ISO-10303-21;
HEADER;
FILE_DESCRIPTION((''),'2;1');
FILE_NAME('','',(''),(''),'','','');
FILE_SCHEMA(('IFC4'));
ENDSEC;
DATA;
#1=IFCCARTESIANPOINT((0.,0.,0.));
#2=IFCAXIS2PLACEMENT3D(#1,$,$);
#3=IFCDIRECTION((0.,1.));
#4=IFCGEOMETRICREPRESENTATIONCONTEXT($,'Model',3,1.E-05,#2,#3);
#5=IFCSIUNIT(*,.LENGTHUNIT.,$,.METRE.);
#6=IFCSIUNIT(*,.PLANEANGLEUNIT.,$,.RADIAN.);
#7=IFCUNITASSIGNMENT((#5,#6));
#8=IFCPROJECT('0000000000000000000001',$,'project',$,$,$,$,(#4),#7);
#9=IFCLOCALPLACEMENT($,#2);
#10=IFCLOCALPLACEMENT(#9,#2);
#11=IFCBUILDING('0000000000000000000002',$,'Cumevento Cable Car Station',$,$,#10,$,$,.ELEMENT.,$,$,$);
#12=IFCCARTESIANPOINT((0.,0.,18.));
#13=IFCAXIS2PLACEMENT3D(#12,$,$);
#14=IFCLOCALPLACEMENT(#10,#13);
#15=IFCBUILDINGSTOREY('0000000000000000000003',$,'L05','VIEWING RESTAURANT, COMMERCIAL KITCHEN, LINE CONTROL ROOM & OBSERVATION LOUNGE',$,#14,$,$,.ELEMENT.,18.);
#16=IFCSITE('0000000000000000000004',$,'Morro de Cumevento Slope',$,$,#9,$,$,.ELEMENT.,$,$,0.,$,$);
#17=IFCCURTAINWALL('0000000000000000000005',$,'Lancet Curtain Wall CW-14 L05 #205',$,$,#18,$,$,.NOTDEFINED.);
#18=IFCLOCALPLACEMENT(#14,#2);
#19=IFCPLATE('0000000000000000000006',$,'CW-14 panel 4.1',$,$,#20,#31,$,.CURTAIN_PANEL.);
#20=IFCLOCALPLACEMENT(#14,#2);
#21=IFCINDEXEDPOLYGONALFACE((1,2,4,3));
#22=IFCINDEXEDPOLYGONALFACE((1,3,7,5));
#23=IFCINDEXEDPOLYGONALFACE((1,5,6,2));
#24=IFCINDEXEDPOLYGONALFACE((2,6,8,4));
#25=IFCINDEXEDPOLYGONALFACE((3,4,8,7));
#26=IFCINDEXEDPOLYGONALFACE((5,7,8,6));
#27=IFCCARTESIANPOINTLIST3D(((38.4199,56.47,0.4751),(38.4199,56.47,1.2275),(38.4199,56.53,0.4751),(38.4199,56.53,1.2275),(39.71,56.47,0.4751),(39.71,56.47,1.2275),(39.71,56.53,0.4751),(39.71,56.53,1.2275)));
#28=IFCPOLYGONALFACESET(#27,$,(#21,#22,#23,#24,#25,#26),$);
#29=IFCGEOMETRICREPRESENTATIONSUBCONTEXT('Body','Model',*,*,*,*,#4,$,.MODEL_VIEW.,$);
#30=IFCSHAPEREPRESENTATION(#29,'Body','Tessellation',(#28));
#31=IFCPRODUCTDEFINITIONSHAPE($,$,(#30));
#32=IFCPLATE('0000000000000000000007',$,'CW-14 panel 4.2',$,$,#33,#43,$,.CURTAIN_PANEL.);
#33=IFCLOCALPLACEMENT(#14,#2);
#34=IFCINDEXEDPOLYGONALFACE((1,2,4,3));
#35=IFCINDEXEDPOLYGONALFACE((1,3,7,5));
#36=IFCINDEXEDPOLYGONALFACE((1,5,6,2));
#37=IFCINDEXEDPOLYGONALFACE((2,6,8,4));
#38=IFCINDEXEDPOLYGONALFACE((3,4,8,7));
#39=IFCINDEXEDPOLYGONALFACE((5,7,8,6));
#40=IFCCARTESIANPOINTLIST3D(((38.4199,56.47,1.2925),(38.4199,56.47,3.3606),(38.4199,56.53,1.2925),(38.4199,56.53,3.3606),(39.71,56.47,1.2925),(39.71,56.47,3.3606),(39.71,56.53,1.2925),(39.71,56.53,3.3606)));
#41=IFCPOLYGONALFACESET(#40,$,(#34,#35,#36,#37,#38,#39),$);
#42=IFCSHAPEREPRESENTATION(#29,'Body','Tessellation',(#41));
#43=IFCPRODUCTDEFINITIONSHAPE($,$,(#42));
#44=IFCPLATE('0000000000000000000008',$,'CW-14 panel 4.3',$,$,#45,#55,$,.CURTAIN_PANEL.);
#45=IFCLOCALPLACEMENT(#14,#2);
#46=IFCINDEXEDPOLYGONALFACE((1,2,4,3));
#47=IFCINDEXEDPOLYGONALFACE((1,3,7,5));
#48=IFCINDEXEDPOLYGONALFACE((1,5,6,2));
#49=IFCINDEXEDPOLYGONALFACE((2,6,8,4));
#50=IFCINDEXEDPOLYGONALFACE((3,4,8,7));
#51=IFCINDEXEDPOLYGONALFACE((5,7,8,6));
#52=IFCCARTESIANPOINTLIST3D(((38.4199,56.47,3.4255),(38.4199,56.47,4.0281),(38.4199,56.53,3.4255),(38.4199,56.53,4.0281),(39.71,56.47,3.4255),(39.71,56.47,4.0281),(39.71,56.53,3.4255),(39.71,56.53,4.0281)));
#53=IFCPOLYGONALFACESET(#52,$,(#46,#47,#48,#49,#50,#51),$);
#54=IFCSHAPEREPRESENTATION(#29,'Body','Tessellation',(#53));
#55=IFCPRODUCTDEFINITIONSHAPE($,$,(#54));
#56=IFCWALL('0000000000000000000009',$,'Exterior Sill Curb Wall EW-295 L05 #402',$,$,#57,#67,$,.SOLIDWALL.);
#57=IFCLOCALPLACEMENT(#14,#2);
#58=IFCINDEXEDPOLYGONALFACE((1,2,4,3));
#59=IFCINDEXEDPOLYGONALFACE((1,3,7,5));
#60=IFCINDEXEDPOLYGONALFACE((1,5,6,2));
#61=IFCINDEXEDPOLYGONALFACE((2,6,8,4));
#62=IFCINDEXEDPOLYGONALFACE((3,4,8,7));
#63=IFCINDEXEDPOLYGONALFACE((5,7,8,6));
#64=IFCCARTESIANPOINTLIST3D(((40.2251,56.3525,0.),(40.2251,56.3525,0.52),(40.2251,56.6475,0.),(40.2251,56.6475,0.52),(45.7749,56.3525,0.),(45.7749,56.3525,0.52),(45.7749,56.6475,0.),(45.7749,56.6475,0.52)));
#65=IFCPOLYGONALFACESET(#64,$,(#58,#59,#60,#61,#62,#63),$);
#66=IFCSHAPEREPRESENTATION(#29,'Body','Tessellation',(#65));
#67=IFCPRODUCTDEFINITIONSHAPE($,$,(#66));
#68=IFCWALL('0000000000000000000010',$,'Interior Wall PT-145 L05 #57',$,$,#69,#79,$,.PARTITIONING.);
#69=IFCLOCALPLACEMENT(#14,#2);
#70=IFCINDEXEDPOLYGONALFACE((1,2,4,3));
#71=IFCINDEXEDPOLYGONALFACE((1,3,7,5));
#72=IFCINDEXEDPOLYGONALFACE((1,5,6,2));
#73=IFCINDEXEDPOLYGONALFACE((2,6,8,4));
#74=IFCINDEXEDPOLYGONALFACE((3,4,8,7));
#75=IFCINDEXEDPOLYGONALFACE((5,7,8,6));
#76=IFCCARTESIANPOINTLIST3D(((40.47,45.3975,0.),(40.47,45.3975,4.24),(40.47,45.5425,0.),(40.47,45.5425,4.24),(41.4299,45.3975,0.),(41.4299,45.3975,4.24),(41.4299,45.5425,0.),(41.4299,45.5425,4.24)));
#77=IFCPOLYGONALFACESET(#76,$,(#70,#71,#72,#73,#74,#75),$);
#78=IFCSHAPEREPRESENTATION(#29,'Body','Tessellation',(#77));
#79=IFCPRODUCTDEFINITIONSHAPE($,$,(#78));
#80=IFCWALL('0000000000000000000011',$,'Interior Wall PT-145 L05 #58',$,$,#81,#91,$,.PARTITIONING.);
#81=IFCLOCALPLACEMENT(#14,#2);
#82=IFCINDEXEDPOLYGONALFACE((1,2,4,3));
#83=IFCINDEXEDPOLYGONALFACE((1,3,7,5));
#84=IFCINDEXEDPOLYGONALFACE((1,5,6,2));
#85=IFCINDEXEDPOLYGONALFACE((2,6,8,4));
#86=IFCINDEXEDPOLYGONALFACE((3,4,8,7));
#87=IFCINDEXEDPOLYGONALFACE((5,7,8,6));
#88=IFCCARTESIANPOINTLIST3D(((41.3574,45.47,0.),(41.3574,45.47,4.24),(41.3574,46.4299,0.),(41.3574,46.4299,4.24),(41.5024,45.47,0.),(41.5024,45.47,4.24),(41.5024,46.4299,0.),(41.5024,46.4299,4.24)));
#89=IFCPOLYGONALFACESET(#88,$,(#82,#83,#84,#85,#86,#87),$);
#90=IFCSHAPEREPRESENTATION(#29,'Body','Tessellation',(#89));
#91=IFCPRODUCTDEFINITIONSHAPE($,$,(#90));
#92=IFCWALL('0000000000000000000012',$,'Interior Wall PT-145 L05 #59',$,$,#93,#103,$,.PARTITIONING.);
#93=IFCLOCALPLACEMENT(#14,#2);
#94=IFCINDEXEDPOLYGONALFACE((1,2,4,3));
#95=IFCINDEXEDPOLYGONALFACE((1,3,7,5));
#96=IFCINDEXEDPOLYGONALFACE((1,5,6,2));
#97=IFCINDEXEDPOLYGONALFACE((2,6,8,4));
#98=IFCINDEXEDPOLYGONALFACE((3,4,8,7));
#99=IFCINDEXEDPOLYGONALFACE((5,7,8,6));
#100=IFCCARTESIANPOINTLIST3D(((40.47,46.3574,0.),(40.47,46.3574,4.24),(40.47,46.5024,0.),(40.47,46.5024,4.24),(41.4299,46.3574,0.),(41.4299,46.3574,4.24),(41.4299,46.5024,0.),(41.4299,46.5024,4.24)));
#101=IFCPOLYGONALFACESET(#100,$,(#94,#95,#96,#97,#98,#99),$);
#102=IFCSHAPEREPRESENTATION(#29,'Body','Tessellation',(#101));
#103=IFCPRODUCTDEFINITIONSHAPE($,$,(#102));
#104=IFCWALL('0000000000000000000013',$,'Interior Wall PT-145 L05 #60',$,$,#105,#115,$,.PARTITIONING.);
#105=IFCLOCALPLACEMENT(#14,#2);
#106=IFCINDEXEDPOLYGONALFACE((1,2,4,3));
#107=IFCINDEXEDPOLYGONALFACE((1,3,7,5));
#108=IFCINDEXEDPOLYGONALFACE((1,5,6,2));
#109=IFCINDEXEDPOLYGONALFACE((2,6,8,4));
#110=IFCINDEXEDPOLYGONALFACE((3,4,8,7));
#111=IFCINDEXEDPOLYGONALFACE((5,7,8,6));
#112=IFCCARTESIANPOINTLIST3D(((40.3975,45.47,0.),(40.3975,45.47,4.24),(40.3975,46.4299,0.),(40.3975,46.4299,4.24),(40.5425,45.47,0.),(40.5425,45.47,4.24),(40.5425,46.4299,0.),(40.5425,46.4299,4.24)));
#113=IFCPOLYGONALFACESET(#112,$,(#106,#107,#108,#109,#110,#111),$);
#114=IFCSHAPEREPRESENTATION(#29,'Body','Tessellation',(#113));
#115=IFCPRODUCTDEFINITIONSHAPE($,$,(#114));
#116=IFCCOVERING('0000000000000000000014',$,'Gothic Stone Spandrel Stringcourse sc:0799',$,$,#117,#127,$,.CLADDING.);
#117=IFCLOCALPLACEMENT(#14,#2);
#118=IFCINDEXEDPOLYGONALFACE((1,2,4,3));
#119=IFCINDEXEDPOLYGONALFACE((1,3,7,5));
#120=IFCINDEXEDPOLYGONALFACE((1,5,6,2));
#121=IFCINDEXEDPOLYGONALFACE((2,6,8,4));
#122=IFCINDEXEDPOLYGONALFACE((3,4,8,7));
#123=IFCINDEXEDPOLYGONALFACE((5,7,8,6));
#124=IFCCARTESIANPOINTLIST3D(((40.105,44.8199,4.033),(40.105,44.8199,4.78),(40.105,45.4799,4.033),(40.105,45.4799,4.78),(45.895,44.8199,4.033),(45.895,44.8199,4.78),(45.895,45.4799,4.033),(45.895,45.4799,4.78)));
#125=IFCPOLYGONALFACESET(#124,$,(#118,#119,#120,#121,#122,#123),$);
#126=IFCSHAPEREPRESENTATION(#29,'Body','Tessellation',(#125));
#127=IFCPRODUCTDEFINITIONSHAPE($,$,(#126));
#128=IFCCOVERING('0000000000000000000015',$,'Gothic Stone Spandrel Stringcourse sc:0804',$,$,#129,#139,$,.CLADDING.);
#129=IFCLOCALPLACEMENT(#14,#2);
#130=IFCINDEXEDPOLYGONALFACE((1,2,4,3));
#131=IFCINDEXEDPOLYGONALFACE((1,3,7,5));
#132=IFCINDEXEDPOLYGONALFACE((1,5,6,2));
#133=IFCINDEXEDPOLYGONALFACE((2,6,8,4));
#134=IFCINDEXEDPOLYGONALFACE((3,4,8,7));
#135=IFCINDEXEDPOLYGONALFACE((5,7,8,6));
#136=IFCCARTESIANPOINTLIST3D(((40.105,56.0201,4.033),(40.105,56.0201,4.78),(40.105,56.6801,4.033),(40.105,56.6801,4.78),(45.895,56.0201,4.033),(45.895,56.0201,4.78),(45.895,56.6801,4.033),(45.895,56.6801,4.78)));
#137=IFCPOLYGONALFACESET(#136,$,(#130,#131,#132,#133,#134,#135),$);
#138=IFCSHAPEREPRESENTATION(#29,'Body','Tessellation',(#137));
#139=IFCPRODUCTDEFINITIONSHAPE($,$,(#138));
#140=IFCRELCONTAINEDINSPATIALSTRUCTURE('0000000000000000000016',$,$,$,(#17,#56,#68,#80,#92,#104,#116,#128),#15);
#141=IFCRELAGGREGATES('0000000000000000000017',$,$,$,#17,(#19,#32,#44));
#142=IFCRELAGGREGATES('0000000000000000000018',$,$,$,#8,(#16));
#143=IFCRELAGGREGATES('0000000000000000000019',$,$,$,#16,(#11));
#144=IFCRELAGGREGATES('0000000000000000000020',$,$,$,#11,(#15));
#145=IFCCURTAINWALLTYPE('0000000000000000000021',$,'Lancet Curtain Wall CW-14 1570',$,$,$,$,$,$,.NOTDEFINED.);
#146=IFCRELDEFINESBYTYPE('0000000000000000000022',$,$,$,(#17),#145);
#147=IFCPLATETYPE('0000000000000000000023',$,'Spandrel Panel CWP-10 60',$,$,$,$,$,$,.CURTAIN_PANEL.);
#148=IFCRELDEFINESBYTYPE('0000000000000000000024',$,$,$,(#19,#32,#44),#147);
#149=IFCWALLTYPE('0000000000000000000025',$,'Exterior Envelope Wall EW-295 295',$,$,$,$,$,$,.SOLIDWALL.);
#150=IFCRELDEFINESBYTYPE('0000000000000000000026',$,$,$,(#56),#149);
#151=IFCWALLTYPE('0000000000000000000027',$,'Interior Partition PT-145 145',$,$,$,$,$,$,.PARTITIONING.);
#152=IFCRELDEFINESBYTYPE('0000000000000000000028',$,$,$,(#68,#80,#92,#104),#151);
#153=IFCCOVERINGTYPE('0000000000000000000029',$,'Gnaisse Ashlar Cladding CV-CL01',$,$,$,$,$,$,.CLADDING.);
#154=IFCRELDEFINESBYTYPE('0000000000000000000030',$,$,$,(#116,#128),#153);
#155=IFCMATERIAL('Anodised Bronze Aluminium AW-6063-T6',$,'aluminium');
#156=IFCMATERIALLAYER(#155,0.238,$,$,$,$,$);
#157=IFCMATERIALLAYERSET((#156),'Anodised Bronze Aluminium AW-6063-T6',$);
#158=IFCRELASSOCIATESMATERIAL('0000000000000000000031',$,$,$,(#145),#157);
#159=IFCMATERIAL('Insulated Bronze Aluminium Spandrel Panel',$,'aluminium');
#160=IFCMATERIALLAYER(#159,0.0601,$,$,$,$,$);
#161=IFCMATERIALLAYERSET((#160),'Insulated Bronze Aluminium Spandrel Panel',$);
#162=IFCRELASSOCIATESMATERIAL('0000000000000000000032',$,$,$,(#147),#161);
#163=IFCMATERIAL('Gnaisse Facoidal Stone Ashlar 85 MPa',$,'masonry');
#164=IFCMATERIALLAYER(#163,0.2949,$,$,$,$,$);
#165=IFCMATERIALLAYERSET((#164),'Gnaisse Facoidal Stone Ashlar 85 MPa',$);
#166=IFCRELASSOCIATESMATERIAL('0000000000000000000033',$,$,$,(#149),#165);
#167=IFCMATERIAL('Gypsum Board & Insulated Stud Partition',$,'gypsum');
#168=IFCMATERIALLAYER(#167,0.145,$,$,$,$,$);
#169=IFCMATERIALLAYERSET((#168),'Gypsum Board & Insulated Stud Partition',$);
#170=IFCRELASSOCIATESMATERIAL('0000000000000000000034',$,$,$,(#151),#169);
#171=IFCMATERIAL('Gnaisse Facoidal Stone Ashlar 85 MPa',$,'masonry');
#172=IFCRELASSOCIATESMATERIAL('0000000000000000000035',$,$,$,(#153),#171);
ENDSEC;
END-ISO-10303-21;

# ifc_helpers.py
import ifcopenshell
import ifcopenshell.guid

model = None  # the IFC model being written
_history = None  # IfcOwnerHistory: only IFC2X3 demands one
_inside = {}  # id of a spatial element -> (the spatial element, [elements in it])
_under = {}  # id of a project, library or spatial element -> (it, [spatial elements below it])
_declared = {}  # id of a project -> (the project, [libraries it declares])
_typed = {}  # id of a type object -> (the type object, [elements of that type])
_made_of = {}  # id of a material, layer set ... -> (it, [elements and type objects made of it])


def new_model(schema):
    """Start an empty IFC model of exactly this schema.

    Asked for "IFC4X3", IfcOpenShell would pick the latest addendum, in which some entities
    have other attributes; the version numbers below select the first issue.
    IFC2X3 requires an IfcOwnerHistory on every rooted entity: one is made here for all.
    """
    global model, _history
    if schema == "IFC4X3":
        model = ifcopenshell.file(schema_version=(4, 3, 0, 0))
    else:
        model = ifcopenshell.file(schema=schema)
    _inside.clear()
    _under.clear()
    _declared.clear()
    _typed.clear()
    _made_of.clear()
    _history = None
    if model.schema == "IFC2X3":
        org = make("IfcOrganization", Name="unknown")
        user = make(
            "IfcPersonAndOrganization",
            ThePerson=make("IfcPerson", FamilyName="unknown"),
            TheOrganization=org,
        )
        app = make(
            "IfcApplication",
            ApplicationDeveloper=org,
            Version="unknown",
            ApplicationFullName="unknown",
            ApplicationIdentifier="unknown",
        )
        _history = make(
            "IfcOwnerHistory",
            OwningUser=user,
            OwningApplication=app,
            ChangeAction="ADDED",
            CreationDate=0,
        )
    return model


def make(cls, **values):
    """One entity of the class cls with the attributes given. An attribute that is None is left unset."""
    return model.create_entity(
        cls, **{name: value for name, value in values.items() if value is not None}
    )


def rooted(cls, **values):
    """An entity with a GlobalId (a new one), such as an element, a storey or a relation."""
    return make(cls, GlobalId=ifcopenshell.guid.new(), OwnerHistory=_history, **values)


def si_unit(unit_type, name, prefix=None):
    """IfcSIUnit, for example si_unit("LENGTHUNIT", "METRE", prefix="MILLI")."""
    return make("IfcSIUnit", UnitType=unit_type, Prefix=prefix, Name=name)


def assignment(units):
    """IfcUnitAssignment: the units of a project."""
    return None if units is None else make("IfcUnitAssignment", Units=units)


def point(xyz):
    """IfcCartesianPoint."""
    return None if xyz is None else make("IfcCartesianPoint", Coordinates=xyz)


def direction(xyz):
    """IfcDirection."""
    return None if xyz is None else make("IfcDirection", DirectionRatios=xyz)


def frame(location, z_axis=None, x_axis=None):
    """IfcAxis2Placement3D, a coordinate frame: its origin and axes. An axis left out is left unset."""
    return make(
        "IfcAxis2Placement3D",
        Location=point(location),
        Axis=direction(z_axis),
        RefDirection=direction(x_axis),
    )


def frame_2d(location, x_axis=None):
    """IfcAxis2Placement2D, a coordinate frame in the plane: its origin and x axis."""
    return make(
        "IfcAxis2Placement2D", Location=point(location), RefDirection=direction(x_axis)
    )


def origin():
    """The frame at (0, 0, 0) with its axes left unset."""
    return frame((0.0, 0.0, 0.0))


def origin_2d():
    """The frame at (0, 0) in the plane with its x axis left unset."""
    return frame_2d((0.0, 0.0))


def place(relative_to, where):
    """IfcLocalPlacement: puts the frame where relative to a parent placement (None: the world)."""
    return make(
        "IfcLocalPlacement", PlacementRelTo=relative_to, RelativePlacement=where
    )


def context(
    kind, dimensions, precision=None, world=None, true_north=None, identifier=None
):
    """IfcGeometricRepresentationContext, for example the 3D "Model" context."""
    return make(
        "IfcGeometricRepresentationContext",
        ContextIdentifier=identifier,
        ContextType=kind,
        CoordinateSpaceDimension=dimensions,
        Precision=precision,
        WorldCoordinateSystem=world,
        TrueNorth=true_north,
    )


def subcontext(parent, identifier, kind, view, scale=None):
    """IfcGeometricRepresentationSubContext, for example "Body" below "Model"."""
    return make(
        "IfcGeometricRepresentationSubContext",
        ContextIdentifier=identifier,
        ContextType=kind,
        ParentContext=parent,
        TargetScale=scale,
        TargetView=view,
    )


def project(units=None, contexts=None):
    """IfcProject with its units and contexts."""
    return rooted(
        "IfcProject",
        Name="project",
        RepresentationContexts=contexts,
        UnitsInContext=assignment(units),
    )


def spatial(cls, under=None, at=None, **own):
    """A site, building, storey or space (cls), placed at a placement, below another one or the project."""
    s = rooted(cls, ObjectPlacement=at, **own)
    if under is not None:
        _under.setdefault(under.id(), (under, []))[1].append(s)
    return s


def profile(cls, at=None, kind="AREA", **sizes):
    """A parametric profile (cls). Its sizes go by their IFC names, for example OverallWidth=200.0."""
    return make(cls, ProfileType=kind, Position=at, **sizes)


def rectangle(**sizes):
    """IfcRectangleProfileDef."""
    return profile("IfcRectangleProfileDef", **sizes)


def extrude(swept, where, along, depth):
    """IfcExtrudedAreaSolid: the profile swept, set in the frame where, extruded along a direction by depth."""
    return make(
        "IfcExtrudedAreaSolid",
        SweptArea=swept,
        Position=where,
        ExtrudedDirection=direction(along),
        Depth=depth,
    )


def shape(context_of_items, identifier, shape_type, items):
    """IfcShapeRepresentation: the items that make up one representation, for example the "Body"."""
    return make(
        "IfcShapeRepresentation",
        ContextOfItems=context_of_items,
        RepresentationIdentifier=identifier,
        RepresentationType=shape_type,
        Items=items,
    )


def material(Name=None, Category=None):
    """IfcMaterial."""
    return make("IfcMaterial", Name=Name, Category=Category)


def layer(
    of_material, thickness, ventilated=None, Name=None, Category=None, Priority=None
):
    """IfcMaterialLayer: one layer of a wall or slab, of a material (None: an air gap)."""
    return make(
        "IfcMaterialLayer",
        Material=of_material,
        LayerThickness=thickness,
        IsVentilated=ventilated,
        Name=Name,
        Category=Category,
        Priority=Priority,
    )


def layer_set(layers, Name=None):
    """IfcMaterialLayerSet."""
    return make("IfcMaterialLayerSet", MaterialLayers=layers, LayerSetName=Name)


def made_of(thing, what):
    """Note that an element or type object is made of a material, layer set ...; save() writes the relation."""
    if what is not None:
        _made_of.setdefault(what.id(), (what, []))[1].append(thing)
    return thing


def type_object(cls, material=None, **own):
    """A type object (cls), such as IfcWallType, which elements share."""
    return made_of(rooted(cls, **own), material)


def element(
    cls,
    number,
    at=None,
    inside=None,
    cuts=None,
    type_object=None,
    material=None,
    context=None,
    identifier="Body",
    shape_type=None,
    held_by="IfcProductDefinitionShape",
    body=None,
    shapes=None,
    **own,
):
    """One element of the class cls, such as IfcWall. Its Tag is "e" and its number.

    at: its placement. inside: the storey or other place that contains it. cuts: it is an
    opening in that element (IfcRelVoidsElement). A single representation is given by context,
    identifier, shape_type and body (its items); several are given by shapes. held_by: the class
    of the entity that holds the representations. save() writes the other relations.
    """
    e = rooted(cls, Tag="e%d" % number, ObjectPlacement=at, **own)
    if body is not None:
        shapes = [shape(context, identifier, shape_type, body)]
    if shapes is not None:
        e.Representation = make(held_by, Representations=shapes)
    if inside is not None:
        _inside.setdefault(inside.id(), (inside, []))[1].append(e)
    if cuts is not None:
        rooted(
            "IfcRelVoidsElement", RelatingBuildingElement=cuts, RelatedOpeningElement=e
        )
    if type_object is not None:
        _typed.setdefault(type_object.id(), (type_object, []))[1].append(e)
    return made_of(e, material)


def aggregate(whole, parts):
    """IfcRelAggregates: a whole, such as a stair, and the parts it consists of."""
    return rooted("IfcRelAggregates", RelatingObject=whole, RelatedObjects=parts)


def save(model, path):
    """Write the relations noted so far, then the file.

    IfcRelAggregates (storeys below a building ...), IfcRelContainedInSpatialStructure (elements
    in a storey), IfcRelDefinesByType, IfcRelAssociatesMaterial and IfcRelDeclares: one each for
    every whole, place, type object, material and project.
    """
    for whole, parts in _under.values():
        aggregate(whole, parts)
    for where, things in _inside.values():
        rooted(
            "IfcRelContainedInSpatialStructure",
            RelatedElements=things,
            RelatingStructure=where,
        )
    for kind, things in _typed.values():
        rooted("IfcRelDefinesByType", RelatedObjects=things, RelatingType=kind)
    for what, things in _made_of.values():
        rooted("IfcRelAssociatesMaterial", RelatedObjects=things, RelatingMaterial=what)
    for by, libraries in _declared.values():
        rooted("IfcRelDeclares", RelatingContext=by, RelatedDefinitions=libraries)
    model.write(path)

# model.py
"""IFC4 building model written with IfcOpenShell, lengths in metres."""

from ifc_helpers import new_model, si_unit, direction, frame, frame_2d, origin, origin_2d, place, context, subcontext, project, spatial, rectangle, extrude, material, layer, layer_set, type_object, element, aggregate, save


model = new_model("IFC4")

# Units and contexts
model_context = context("Model", 3, precision=1e-05, world=origin(), true_north=direction((0.0, 1.0)))
body_context = subcontext(model_context, "Body", "Model", "MODEL_VIEW")
ifc_project = project(units=[si_unit("LENGTHUNIT", "METRE"), si_unit("PLANEANGLEUNIT", "RADIAN")], contexts=[model_context])

# Site, building, storey
site_placement = place(None, origin())
site = spatial("IfcSite", under=ifc_project, at=site_placement, Name="Morro de Cumevento Slope", CompositionType="ELEMENT", RefElevation=0.0)
building_placement = place(site_placement, origin())
building = spatial("IfcBuilding", under=site, at=building_placement, Name="Cumevento Cable Car Station", CompositionType="ELEMENT")
storey_placement = place(building_placement, frame((0.0, 0.0, 18.0)))
storey = spatial("IfcBuildingStorey", under=building, at=storey_placement, Name="L05", Description="VIEWING RESTAURANT, COMMERCIAL KITCHEN, LINE CONTROL ROOM & OBSERVATION LOUNGE", CompositionType="ELEMENT", Elevation=18.0)

# Curtain wall
ifc_material_1 = material(Name="Anodised Bronze Aluminium AW-6063-T6", Category="aluminium")
ifc_layer_1 = layer(ifc_material_1, 0.238)
ifc_layer_set_1 = layer_set([ifc_layer_1], Name="Anodised Bronze Aluminium AW-6063-T6")
curtain_wall_type_1 = type_object("IfcCurtainWallType", Name="Lancet Curtain Wall CW-14 1570", PredefinedType="NOTDEFINED", material=ifc_layer_set_1)
curtain_wall_1_placement = place(storey_placement, origin())
curtain_wall_1 = element("IfcCurtainWall", 1, at=curtain_wall_1_placement, inside=storey, type_object=curtain_wall_type_1, Name="Lancet Curtain Wall CW-14 L05 #205", PredefinedType="NOTDEFINED")

# Plates
ifc_material_2 = material(Name="Insulated Bronze Aluminium Spandrel Panel", Category="aluminium")
ifc_layer_2 = layer(ifc_material_2, 0.0601)
ifc_layer_set_2 = layer_set([ifc_layer_2], Name="Insulated Bronze Aluminium Spandrel Panel")
plate_type = type_object("IfcPlateType", Name="Spandrel Panel CWP-10 60", PredefinedType="CURTAIN_PANEL", material=ifc_layer_set_2)
plate_1_placement = place(storey_placement, frame((39.0649, 56.5, 0.4751), z_axis=(0.0, 0.0, 1.0), x_axis=(1.0, 0.0, 0.0)))
plate_1 = element("IfcPlate", 2, at=plate_1_placement, type_object=plate_type, Name="CW-14 panel 4.1", PredefinedType="CURTAIN_PANEL", context=body_context, shape_type="SweptSolid", body=[
    extrude(rectangle(XDim=1.29, YDim=0.0601, at=origin_2d()), origin(), (0.0, 0.0, 1.0), 0.7524),
])
plate_2_placement = place(storey_placement, frame((39.0649, 56.5, 1.2925), z_axis=(0.0, 0.0, 1.0), x_axis=(1.0, 0.0, 0.0)))
plate_2 = element("IfcPlate", 3, at=plate_2_placement, type_object=plate_type, Name="CW-14 panel 4.2", PredefinedType="CURTAIN_PANEL", context=body_context, shape_type="SweptSolid", body=[
    extrude(rectangle(XDim=1.29, YDim=0.0601, at=origin_2d()), origin(), (0.0, 0.0, 1.0), 2.0681),
])
plate_3_placement = place(storey_placement, frame((39.0649, 56.5, 3.4255), z_axis=(0.0, 0.0, 1.0), x_axis=(1.0, 0.0, 0.0)))
plate_3 = element("IfcPlate", 4, at=plate_3_placement, type_object=plate_type, Name="CW-14 panel 4.3", PredefinedType="CURTAIN_PANEL", context=body_context, shape_type="SweptSolid", body=[
    extrude(rectangle(XDim=1.29, YDim=0.0601, at=origin_2d()), origin(), (0.0, 0.0, 1.0), 0.6025),
])
aggregate(curtain_wall_1, [plate_1, plate_2, plate_3])

# Walls
ifc_material_3 = material(Name="Gnaisse Facoidal Stone Ashlar 85 MPa", Category="masonry")
ifc_layer_3 = layer(ifc_material_3, 0.2949)
ifc_layer_set_3 = layer_set([ifc_layer_3], Name="Gnaisse Facoidal Stone Ashlar 85 MPa")
wall_type_1 = type_object("IfcWallType", Name="Exterior Envelope Wall EW-295 295", PredefinedType="SOLIDWALL", material=ifc_layer_set_3)
wall_placement = place(storey_placement, frame((40.2251, 56.5, 0.0), z_axis=(0.0, 0.0, 1.0), x_axis=(1.0, 0.0, 0.0)))
element("IfcWall", 5, at=wall_placement, inside=storey, type_object=wall_type_1, Name="Exterior Sill Curb Wall EW-295 L05 #402", PredefinedType="SOLIDWALL", context=body_context, shape_type="SweptSolid", body=[
    extrude(rectangle(XDim=5.5498, YDim=0.2949, at=frame_2d((2.7749, 0.0))), origin(), (0.0, 0.0, 1.0), 0.52),
])
ifc_material_4 = material(Name="Gypsum Board & Insulated Stud Partition", Category="gypsum")
ifc_layer_4 = layer(ifc_material_4, 0.145)
ifc_layer_set_4 = layer_set([ifc_layer_4], Name="Gypsum Board & Insulated Stud Partition")
wall_type_2 = type_object("IfcWallType", Name="Interior Partition PT-145 145", PredefinedType="PARTITIONING", material=ifc_layer_set_4)
for number, where, z_axis, x_axis, name in (
    (6, (40.47, 45.47, 0.0), (0.0, 0.0, 1.0), (1.0, 0.0, 0.0), "Interior Wall PT-145 L05 #57"),
    (7, (41.4299, 45.47, 0.0), (0.0, 0.0, 1.0), (0.0, 1.0, 0.0), "Interior Wall PT-145 L05 #58"),
    (8, (41.4299, 46.4299, 0.0), (0.0, 0.0, 1.0), (-1.0, 0.0, 0.0), "Interior Wall PT-145 L05 #59"),
    (9, (40.47, 46.4299, 0.0), (0.0, 0.0, 1.0), (0.0, -1.0, 0.0), "Interior Wall PT-145 L05 #60"),
):
    element("IfcWall", number, at=place(storey_placement, frame(where, z_axis=z_axis, x_axis=x_axis)), inside=storey, type_object=wall_type_2, Name=name, PredefinedType="PARTITIONING", context=body_context, shape_type="SweptSolid", body=[
        extrude(rectangle(XDim=0.96, YDim=0.145, at=frame_2d((0.48, 0.0))), origin(), (0.0, 0.0, 1.0), 4.24),
    ])

# Coverings
ifc_material_5 = material(Name="Gnaisse Facoidal Stone Ashlar 85 MPa", Category="masonry")
covering_type = type_object("IfcCoveringType", Name="Gnaisse Ashlar Cladding CV-CL01", PredefinedType="CLADDING", material=ifc_material_5)
for number, where, z_axis, x_axis, name in (
    (10, (43.0, 45.1499, 4.033), (0.0, 0.0, 1.0), (-1.0, 0.0, 0.0), "Gothic Stone Spandrel Stringcourse sc:0799"),
    (11, (43.0, 56.3501, 4.033), (0.0, 0.0, 1.0), (1.0, 0.0, 0.0), "Gothic Stone Spandrel Stringcourse sc:0804"),
):
    element("IfcCovering", number, at=place(storey_placement, frame(where, z_axis=z_axis, x_axis=x_axis)), inside=storey, type_object=covering_type, Name=name, PredefinedType="CLADDING", context=body_context, shape_type="SweptSolid", body=[
        extrude(rectangle(XDim=5.79, YDim=0.6599, at=origin_2d()), origin(), (0.0, 0.0, 1.0), 0.7471),
    ])

save(model, "model.ifc")
